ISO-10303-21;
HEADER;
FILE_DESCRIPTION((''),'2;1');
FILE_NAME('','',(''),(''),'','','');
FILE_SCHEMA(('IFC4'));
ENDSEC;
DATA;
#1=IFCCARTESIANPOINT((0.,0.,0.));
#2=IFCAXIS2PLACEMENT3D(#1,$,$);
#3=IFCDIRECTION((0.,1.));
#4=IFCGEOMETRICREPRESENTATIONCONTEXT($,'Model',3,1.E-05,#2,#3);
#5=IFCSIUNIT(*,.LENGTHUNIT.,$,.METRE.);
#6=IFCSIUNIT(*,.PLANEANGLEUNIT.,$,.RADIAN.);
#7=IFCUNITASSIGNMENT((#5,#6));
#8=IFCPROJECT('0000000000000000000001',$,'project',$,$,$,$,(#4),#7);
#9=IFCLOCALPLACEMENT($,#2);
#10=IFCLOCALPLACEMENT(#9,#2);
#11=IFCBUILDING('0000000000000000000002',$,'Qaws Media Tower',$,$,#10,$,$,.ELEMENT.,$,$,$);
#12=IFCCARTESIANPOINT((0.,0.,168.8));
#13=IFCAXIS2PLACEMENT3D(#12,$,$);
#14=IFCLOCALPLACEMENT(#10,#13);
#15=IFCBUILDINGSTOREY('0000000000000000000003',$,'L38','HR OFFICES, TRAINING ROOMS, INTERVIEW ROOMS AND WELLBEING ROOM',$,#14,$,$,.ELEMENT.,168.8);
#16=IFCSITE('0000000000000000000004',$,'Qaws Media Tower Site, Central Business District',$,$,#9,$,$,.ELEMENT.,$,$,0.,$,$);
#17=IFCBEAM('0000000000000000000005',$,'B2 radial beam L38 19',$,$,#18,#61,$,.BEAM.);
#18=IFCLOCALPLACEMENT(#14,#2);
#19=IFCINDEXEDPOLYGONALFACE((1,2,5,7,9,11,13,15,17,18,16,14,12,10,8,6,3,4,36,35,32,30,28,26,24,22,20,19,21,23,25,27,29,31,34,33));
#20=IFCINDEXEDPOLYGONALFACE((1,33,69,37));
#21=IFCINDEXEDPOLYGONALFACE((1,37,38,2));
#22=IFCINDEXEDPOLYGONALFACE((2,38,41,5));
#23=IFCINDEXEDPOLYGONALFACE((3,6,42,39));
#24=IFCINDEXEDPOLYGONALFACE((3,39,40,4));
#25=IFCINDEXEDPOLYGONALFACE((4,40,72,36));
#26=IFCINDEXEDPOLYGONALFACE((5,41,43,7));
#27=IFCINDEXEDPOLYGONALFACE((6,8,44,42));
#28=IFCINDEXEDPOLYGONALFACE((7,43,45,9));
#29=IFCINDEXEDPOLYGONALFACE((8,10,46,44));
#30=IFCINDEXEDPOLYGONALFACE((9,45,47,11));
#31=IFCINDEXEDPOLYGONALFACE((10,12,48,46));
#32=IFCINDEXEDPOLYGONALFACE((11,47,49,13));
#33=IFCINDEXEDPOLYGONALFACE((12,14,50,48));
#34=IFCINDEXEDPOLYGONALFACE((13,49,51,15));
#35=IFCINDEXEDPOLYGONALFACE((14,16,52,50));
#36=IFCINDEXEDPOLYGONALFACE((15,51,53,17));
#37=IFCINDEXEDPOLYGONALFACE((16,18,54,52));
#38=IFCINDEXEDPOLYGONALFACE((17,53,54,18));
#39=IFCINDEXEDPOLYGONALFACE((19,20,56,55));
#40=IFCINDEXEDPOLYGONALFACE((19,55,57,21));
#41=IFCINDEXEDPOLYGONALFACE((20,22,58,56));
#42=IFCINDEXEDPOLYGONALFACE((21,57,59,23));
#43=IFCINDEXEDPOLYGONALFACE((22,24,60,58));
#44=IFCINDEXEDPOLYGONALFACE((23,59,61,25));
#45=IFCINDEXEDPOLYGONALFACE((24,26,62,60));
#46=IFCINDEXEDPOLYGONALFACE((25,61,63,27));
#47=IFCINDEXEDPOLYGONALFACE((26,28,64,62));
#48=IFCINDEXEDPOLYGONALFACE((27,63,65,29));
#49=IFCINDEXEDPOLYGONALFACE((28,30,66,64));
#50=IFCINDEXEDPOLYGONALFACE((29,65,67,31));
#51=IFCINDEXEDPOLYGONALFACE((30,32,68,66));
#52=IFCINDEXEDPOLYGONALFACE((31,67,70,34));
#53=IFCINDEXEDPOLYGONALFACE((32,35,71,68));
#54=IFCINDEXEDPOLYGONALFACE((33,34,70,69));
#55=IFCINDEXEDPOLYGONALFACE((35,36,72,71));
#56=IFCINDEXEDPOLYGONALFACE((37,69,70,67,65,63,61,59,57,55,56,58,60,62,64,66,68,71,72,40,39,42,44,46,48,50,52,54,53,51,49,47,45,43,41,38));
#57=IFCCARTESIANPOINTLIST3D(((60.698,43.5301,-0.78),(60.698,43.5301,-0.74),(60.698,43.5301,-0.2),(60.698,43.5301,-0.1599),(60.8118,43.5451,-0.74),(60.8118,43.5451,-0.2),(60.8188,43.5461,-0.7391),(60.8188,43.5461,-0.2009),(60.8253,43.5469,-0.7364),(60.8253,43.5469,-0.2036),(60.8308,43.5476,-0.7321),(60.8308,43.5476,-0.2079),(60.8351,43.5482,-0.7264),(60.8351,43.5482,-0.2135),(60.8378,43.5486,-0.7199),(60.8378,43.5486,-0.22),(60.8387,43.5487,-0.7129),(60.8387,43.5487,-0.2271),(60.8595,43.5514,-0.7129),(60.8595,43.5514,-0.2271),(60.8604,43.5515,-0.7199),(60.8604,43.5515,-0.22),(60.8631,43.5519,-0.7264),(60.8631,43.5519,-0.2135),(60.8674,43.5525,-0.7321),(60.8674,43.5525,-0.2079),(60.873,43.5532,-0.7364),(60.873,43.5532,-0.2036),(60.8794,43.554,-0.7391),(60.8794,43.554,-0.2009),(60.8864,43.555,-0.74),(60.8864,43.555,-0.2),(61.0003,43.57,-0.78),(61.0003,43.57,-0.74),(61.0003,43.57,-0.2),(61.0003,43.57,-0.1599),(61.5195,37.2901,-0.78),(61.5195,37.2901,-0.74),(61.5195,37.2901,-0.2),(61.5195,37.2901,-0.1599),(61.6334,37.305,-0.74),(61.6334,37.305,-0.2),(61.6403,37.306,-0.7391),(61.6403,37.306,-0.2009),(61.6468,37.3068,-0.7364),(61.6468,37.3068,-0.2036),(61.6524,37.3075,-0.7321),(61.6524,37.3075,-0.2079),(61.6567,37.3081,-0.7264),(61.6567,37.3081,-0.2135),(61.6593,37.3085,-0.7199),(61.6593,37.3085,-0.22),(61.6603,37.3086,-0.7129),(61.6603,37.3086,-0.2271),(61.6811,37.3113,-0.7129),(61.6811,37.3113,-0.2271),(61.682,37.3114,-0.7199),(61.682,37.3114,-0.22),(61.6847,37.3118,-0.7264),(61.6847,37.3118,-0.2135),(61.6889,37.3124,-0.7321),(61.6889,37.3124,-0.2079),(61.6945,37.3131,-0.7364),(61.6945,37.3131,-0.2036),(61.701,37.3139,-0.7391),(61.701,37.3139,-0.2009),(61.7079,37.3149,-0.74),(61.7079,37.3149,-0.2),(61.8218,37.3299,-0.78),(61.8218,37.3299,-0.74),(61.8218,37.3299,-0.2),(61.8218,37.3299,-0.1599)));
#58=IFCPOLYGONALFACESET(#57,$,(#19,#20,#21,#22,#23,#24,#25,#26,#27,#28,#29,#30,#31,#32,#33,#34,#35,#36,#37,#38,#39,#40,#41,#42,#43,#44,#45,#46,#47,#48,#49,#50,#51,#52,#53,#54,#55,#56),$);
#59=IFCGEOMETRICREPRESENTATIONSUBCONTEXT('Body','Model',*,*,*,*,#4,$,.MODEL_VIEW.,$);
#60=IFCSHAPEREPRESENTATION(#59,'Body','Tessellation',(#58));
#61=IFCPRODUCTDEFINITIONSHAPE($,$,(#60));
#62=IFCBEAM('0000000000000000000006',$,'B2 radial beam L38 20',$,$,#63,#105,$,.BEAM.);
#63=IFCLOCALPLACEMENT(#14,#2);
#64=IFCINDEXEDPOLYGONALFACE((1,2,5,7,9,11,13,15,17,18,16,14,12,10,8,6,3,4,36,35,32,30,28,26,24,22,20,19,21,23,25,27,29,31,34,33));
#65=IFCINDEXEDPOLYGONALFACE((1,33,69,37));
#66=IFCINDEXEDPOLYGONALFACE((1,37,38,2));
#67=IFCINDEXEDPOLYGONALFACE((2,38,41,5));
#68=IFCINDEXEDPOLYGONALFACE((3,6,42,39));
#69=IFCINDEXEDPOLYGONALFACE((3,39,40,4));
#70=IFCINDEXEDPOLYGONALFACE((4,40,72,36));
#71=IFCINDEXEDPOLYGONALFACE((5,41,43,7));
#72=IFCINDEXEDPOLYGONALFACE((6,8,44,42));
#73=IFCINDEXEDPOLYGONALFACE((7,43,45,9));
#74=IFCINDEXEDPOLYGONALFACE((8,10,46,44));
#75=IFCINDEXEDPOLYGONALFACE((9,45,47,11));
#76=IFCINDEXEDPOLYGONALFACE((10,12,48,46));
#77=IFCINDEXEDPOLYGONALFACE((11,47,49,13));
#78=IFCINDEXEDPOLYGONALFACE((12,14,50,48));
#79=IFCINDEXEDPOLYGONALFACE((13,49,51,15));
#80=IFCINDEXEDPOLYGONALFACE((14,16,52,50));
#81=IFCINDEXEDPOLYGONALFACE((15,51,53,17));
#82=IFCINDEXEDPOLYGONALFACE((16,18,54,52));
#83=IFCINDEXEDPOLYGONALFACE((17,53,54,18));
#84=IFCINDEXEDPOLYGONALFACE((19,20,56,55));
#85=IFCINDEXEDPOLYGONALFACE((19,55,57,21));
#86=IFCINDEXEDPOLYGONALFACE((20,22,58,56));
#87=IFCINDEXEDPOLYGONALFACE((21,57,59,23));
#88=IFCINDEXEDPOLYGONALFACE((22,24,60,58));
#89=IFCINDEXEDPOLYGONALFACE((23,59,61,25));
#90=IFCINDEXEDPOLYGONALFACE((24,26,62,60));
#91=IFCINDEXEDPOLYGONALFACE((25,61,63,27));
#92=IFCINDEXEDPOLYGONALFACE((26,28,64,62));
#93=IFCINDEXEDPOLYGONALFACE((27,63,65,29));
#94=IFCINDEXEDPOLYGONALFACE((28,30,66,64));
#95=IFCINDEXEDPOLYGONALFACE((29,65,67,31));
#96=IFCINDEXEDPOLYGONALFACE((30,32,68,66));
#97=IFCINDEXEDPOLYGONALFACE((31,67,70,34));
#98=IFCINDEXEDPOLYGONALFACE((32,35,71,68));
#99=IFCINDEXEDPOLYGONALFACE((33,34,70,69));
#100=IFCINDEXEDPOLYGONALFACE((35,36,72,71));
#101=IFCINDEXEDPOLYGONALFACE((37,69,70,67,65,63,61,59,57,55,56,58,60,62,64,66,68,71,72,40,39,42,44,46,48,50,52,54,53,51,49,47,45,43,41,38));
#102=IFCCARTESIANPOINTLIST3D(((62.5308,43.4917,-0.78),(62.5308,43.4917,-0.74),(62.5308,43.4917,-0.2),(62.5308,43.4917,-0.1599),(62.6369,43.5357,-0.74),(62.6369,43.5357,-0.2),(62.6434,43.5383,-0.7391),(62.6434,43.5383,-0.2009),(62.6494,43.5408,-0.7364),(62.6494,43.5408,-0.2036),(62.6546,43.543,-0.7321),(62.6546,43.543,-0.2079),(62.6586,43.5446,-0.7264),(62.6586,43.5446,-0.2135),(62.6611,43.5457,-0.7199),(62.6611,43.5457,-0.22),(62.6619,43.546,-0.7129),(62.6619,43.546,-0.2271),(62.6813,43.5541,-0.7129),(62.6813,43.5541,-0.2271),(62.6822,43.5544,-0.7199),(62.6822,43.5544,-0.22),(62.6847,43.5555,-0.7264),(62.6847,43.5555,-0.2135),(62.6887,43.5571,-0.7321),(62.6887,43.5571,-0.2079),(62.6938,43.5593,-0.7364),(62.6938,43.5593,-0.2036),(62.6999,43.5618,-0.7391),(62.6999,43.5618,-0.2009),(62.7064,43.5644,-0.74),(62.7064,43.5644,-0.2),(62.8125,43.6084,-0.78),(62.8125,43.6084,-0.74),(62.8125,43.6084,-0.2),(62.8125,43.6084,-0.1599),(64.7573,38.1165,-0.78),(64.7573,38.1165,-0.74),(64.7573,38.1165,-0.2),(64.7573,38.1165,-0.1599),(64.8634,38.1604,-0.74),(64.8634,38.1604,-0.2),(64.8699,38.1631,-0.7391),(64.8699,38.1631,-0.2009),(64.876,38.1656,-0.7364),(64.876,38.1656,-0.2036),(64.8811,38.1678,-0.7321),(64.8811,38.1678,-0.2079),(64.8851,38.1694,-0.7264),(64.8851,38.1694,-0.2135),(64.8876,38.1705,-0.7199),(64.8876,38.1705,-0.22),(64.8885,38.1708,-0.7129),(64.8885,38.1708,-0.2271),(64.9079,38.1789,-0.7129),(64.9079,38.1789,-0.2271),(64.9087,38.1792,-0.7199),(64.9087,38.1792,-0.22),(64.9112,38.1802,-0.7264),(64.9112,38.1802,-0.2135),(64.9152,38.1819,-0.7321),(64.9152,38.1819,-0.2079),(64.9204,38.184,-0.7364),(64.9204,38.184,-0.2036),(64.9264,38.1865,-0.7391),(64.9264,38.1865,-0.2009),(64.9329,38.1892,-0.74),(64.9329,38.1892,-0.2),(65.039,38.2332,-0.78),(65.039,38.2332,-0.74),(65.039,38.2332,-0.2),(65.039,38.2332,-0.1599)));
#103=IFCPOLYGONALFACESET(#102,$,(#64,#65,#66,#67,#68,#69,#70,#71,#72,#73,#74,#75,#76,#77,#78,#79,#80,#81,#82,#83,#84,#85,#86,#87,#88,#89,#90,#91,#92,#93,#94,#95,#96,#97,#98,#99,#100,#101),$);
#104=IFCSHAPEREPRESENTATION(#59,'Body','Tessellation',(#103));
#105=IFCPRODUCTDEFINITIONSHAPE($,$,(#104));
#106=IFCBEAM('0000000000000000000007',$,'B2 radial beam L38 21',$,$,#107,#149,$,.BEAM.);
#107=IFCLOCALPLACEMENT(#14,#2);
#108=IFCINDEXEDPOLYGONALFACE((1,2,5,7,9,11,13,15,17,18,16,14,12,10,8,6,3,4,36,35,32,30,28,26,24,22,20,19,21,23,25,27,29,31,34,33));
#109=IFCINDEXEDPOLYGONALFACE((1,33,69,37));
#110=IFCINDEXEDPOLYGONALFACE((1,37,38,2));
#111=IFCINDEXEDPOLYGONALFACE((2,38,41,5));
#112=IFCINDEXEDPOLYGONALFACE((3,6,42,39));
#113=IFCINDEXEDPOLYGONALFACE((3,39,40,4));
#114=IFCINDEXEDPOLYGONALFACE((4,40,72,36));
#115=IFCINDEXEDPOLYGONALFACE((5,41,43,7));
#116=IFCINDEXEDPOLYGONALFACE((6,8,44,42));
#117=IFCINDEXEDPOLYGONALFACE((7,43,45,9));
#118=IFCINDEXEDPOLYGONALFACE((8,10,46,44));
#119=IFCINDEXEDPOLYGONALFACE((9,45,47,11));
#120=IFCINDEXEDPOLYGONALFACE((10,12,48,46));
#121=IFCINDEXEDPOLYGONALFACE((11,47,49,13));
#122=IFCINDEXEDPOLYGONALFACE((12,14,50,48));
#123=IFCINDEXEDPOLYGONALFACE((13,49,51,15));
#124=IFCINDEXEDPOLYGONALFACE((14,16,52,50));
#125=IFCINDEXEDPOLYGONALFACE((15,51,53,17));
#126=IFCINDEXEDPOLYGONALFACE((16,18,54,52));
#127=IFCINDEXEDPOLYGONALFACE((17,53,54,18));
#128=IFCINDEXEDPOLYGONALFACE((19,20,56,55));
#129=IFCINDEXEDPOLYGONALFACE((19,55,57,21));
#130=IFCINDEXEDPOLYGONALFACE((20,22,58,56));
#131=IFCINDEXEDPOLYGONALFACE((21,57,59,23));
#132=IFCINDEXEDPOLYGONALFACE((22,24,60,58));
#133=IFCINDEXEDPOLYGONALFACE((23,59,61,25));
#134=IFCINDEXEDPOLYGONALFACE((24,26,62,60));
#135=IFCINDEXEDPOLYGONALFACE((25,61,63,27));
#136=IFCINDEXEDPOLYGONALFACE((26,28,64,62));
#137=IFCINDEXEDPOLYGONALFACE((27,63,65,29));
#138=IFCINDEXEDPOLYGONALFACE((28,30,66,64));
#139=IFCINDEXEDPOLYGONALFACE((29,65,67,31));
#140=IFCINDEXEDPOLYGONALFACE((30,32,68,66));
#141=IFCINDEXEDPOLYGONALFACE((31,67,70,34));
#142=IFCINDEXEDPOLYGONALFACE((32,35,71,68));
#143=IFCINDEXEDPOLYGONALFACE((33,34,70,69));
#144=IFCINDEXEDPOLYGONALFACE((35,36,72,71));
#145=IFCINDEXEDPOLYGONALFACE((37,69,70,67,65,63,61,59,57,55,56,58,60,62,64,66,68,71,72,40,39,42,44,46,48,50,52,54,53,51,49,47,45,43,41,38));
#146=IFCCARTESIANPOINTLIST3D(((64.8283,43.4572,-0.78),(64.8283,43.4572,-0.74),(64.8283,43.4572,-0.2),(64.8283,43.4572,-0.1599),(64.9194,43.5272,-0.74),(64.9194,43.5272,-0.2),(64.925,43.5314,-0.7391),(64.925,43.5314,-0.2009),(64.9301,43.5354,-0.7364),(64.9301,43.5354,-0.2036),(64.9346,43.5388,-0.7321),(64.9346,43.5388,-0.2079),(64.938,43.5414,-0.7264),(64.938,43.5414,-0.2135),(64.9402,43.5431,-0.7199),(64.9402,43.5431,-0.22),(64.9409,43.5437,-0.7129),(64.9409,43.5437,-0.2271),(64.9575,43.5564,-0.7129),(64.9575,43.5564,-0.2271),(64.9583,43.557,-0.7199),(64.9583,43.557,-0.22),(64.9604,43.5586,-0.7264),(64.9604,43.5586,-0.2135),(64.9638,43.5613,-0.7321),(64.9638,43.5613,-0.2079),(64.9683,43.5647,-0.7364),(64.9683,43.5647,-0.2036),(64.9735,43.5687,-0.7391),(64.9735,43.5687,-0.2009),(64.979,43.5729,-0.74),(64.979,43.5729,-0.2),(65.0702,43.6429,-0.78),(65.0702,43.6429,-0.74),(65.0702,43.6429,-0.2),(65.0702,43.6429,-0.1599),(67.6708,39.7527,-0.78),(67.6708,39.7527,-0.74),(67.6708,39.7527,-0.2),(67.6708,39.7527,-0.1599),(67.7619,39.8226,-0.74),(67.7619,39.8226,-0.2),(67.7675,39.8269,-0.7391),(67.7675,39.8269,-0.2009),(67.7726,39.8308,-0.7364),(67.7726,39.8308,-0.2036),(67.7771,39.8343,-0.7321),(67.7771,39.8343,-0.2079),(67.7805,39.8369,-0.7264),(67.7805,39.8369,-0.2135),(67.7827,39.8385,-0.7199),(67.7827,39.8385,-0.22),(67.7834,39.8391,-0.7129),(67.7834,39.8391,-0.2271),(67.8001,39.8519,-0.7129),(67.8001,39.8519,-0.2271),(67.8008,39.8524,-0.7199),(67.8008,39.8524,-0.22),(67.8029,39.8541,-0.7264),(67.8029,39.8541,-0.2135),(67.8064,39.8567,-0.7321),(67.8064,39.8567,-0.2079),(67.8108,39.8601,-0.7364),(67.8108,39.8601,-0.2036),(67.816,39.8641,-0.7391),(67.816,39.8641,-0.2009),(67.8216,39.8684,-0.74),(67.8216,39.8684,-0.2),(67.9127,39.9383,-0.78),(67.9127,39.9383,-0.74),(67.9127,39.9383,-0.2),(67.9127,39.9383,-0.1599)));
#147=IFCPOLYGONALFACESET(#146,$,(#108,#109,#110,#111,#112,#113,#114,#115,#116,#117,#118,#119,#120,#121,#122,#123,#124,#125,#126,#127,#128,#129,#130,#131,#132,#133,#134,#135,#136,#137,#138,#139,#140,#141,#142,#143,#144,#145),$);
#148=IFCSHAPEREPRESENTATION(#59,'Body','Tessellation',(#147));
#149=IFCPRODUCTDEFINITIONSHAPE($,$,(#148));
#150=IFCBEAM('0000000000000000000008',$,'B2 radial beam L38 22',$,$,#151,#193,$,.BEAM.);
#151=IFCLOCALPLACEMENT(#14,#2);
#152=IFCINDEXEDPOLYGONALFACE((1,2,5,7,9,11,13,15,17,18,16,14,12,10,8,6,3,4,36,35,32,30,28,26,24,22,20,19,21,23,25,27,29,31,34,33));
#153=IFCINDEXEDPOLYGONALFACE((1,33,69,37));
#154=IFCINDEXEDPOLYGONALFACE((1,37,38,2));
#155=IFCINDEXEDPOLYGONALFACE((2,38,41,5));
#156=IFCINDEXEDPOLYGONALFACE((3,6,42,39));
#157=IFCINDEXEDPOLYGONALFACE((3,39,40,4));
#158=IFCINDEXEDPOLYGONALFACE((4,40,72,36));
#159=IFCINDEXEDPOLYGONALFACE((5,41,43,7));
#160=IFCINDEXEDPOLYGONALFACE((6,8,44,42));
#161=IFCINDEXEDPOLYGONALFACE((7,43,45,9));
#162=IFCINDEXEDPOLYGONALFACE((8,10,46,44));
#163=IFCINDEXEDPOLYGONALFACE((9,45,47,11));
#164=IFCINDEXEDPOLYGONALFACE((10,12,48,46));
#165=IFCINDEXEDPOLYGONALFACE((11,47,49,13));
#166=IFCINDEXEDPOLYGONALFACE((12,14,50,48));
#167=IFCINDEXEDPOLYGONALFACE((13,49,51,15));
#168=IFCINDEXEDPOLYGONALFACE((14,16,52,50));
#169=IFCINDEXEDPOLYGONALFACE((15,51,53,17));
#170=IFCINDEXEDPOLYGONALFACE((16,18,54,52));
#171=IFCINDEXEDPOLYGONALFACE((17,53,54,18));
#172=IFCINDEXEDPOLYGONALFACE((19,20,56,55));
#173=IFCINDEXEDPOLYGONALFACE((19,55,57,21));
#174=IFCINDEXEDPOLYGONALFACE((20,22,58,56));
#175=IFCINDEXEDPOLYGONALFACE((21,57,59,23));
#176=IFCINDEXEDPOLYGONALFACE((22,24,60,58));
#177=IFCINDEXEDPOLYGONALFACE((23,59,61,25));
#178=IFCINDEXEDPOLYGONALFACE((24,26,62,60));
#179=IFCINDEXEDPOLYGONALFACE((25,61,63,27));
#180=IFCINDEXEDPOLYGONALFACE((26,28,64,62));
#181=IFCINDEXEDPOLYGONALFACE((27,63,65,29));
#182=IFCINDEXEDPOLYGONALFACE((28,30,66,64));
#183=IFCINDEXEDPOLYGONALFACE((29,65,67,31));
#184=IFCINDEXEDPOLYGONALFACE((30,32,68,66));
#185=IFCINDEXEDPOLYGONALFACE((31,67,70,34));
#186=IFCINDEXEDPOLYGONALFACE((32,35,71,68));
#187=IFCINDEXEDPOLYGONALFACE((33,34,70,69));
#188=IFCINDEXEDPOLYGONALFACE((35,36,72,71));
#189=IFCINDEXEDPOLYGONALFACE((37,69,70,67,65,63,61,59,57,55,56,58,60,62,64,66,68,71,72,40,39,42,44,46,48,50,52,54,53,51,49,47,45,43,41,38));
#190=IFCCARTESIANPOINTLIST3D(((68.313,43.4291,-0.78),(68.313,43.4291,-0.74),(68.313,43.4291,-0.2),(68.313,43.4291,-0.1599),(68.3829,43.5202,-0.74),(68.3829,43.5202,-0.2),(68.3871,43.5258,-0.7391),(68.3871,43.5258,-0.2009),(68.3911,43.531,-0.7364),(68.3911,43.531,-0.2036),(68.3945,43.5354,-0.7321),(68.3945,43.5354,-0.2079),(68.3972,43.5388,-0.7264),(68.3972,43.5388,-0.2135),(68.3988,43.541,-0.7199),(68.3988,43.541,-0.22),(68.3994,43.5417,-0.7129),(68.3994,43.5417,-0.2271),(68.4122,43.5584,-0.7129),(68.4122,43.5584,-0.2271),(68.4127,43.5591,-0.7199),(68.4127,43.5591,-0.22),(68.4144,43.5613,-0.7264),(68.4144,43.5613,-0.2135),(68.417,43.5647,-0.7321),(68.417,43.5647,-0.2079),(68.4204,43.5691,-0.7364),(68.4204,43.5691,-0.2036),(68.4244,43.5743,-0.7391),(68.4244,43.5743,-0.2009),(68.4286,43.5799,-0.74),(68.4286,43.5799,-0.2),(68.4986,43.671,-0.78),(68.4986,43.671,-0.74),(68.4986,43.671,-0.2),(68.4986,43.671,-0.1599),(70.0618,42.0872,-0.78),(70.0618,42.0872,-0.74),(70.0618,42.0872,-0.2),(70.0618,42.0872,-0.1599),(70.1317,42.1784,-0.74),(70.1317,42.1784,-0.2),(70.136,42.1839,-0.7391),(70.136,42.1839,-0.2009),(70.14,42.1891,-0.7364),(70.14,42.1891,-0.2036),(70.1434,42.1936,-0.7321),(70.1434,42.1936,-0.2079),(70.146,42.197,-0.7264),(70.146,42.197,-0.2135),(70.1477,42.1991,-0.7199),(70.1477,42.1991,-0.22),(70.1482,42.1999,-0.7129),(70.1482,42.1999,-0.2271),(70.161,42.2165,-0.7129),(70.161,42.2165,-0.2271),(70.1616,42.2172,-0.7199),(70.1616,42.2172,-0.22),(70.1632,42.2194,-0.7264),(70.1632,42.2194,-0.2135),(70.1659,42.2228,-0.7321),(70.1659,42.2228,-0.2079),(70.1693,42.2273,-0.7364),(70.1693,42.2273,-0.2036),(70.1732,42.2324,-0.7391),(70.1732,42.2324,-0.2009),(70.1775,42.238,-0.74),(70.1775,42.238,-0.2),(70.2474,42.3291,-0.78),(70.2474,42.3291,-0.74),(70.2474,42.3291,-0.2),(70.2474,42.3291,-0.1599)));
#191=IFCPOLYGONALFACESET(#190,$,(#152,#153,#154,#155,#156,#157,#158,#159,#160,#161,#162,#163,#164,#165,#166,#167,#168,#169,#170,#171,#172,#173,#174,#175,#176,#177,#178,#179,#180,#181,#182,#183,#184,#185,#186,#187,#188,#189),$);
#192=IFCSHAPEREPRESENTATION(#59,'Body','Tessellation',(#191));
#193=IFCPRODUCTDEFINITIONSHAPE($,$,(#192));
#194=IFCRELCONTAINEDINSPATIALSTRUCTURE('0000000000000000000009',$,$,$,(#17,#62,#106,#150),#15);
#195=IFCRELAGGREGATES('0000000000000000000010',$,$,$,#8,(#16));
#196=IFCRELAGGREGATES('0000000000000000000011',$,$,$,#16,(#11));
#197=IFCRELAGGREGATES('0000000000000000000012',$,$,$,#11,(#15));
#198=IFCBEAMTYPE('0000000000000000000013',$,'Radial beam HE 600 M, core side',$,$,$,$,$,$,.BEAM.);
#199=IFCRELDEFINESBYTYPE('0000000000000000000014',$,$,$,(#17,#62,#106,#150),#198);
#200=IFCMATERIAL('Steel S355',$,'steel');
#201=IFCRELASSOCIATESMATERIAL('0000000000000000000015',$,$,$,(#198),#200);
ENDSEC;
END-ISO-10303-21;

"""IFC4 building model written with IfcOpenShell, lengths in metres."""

from ifc_helpers import new_model, si_unit, direction, frame, origin, origin_2d, place, context, subcontext, project, spatial, i_section, extrude, material, material_profile, profile_set, type_object, element, save


model = new_model("IFC4")

# Units and contexts
model_context = context("Model", 3, precision=1e-05, world=origin(), true_north=direction((0.0, 1.0)))
body_context = subcontext(model_context, "Body", "Model", "MODEL_VIEW")
ifc_project = project(units=[si_unit("LENGTHUNIT", "METRE"), si_unit("PLANEANGLEUNIT", "RADIAN")], contexts=[model_context])

# Site, building, storey
site_placement = place(None, origin())
site = spatial("IfcSite", under=ifc_project, at=site_placement, Name="Qaws Media Tower Site, Central Business District", CompositionType="ELEMENT", RefElevation=0.0)
building_placement = place(site_placement, origin())
building = spatial("IfcBuilding", under=site, at=building_placement, Name="Qaws Media Tower", CompositionType="ELEMENT")
storey_placement = place(building_placement, frame((0.0, 0.0, 168.8)))
storey = spatial("IfcBuildingStorey", under=building, at=storey_placement, Name="L38", Description="HR OFFICES, TRAINING ROOMS, INTERVIEW ROOMS AND WELLBEING ROOM", CompositionType="ELEMENT", Elevation=168.8)

# Beams
ifc_material_1 = material(Name="Steel S355", Category="steel")
ifc_material_profile_1 = material_profile(ifc_material_1, i_section(OverallWidth=0.3049, OverallDepth=0.6201, WebThickness=0.021, FlangeThickness=0.04, FilletRadius=0.0271, at=origin_2d()), Name="HE 600 M")
ifc_profile_set_1 = profile_set([ifc_material_profile_1], Name="Steel S355")
beam_type_1 = type_object("IfcBeamType", Name="Radial beam HE 600 M, core side", PredefinedType="BEAM", material=ifc_profile_set_1)
for number, where, z_axis, x_axis, name in (
    (1, (60.8491, 43.55, -0.47), (0.13053, -0.991444, 0.0), (0.991444, 0.13053, 0.0), "B2 radial beam L38 19"),
):
    element("IfcBeam", number, at=place(storey_placement, frame(where, z_axis=z_axis, x_axis=x_axis)), inside=storey, type_object=beam_type_1, Name=name, PredefinedType="BEAM", context=body_context, shape_type="SweptSolid", body=[
        extrude(i_section(OverallWidth=0.3049, OverallDepth=0.6201, WebThickness=0.021, FlangeThickness=0.04, FilletRadius=0.0271, at=origin_2d()), origin(), (0.0, 0.0, 1.0), 6.2939),
    ])
beam_1_placement = place(storey_placement, frame((62.6716, 43.55, -0.47), z_axis=(0.382693, -0.923876, 0.0), x_axis=(0.923876, 0.382693, 0.0)))
element("IfcBeam", 2, at=beam_1_placement, inside=storey, type_object=beam_type_1, Name="B2 radial beam L38 20", PredefinedType="BEAM", context=body_context, shape_type="SweptSolid", body=[
    extrude(i_section(OverallWidth=0.3049, OverallDepth=0.6201, WebThickness=0.021, FlangeThickness=0.04, FilletRadius=0.0271, at=origin_2d()), origin(), (0.0, 0.0, 1.0), 5.8181),
])
beam_2_placement = place(storey_placement, frame((64.9492, 43.55, -0.47), z_axis=(0.608748, -0.793364, 0.0), x_axis=(0.793364, 0.608748, 0.0)))
element("IfcBeam", 3, at=beam_2_placement, inside=storey, type_object=beam_type_1, Name="B2 radial beam L38 21", PredefinedType="BEAM", context=body_context, shape_type="SweptSolid", body=[
    extrude(i_section(OverallWidth=0.3049, OverallDepth=0.6201, WebThickness=0.021, FlangeThickness=0.04, FilletRadius=0.0271, at=origin_2d()), origin(), (0.0, 0.0, 1.0), 4.6694),
])
beam_3_placement = place(storey_placement, frame((68.4058, 43.55, -0.47), z_axis=(0.793373, -0.608736, 0.0), x_axis=(0.608736, 0.793373, 0.0)))
element("IfcBeam", 4, at=beam_3_placement, inside=storey, type_object=beam_type_1, Name="B2 radial beam L38 22", PredefinedType="BEAM", context=body_context, shape_type="SweptSolid", body=[
    extrude(i_section(OverallWidth=0.3049, OverallDepth=0.6201, WebThickness=0.021, FlangeThickness=0.04, FilletRadius=0.0271, at=origin_2d()), origin(), (0.0, 0.0, 1.0), 2.2043),
])

save(model, "model.ifc")
